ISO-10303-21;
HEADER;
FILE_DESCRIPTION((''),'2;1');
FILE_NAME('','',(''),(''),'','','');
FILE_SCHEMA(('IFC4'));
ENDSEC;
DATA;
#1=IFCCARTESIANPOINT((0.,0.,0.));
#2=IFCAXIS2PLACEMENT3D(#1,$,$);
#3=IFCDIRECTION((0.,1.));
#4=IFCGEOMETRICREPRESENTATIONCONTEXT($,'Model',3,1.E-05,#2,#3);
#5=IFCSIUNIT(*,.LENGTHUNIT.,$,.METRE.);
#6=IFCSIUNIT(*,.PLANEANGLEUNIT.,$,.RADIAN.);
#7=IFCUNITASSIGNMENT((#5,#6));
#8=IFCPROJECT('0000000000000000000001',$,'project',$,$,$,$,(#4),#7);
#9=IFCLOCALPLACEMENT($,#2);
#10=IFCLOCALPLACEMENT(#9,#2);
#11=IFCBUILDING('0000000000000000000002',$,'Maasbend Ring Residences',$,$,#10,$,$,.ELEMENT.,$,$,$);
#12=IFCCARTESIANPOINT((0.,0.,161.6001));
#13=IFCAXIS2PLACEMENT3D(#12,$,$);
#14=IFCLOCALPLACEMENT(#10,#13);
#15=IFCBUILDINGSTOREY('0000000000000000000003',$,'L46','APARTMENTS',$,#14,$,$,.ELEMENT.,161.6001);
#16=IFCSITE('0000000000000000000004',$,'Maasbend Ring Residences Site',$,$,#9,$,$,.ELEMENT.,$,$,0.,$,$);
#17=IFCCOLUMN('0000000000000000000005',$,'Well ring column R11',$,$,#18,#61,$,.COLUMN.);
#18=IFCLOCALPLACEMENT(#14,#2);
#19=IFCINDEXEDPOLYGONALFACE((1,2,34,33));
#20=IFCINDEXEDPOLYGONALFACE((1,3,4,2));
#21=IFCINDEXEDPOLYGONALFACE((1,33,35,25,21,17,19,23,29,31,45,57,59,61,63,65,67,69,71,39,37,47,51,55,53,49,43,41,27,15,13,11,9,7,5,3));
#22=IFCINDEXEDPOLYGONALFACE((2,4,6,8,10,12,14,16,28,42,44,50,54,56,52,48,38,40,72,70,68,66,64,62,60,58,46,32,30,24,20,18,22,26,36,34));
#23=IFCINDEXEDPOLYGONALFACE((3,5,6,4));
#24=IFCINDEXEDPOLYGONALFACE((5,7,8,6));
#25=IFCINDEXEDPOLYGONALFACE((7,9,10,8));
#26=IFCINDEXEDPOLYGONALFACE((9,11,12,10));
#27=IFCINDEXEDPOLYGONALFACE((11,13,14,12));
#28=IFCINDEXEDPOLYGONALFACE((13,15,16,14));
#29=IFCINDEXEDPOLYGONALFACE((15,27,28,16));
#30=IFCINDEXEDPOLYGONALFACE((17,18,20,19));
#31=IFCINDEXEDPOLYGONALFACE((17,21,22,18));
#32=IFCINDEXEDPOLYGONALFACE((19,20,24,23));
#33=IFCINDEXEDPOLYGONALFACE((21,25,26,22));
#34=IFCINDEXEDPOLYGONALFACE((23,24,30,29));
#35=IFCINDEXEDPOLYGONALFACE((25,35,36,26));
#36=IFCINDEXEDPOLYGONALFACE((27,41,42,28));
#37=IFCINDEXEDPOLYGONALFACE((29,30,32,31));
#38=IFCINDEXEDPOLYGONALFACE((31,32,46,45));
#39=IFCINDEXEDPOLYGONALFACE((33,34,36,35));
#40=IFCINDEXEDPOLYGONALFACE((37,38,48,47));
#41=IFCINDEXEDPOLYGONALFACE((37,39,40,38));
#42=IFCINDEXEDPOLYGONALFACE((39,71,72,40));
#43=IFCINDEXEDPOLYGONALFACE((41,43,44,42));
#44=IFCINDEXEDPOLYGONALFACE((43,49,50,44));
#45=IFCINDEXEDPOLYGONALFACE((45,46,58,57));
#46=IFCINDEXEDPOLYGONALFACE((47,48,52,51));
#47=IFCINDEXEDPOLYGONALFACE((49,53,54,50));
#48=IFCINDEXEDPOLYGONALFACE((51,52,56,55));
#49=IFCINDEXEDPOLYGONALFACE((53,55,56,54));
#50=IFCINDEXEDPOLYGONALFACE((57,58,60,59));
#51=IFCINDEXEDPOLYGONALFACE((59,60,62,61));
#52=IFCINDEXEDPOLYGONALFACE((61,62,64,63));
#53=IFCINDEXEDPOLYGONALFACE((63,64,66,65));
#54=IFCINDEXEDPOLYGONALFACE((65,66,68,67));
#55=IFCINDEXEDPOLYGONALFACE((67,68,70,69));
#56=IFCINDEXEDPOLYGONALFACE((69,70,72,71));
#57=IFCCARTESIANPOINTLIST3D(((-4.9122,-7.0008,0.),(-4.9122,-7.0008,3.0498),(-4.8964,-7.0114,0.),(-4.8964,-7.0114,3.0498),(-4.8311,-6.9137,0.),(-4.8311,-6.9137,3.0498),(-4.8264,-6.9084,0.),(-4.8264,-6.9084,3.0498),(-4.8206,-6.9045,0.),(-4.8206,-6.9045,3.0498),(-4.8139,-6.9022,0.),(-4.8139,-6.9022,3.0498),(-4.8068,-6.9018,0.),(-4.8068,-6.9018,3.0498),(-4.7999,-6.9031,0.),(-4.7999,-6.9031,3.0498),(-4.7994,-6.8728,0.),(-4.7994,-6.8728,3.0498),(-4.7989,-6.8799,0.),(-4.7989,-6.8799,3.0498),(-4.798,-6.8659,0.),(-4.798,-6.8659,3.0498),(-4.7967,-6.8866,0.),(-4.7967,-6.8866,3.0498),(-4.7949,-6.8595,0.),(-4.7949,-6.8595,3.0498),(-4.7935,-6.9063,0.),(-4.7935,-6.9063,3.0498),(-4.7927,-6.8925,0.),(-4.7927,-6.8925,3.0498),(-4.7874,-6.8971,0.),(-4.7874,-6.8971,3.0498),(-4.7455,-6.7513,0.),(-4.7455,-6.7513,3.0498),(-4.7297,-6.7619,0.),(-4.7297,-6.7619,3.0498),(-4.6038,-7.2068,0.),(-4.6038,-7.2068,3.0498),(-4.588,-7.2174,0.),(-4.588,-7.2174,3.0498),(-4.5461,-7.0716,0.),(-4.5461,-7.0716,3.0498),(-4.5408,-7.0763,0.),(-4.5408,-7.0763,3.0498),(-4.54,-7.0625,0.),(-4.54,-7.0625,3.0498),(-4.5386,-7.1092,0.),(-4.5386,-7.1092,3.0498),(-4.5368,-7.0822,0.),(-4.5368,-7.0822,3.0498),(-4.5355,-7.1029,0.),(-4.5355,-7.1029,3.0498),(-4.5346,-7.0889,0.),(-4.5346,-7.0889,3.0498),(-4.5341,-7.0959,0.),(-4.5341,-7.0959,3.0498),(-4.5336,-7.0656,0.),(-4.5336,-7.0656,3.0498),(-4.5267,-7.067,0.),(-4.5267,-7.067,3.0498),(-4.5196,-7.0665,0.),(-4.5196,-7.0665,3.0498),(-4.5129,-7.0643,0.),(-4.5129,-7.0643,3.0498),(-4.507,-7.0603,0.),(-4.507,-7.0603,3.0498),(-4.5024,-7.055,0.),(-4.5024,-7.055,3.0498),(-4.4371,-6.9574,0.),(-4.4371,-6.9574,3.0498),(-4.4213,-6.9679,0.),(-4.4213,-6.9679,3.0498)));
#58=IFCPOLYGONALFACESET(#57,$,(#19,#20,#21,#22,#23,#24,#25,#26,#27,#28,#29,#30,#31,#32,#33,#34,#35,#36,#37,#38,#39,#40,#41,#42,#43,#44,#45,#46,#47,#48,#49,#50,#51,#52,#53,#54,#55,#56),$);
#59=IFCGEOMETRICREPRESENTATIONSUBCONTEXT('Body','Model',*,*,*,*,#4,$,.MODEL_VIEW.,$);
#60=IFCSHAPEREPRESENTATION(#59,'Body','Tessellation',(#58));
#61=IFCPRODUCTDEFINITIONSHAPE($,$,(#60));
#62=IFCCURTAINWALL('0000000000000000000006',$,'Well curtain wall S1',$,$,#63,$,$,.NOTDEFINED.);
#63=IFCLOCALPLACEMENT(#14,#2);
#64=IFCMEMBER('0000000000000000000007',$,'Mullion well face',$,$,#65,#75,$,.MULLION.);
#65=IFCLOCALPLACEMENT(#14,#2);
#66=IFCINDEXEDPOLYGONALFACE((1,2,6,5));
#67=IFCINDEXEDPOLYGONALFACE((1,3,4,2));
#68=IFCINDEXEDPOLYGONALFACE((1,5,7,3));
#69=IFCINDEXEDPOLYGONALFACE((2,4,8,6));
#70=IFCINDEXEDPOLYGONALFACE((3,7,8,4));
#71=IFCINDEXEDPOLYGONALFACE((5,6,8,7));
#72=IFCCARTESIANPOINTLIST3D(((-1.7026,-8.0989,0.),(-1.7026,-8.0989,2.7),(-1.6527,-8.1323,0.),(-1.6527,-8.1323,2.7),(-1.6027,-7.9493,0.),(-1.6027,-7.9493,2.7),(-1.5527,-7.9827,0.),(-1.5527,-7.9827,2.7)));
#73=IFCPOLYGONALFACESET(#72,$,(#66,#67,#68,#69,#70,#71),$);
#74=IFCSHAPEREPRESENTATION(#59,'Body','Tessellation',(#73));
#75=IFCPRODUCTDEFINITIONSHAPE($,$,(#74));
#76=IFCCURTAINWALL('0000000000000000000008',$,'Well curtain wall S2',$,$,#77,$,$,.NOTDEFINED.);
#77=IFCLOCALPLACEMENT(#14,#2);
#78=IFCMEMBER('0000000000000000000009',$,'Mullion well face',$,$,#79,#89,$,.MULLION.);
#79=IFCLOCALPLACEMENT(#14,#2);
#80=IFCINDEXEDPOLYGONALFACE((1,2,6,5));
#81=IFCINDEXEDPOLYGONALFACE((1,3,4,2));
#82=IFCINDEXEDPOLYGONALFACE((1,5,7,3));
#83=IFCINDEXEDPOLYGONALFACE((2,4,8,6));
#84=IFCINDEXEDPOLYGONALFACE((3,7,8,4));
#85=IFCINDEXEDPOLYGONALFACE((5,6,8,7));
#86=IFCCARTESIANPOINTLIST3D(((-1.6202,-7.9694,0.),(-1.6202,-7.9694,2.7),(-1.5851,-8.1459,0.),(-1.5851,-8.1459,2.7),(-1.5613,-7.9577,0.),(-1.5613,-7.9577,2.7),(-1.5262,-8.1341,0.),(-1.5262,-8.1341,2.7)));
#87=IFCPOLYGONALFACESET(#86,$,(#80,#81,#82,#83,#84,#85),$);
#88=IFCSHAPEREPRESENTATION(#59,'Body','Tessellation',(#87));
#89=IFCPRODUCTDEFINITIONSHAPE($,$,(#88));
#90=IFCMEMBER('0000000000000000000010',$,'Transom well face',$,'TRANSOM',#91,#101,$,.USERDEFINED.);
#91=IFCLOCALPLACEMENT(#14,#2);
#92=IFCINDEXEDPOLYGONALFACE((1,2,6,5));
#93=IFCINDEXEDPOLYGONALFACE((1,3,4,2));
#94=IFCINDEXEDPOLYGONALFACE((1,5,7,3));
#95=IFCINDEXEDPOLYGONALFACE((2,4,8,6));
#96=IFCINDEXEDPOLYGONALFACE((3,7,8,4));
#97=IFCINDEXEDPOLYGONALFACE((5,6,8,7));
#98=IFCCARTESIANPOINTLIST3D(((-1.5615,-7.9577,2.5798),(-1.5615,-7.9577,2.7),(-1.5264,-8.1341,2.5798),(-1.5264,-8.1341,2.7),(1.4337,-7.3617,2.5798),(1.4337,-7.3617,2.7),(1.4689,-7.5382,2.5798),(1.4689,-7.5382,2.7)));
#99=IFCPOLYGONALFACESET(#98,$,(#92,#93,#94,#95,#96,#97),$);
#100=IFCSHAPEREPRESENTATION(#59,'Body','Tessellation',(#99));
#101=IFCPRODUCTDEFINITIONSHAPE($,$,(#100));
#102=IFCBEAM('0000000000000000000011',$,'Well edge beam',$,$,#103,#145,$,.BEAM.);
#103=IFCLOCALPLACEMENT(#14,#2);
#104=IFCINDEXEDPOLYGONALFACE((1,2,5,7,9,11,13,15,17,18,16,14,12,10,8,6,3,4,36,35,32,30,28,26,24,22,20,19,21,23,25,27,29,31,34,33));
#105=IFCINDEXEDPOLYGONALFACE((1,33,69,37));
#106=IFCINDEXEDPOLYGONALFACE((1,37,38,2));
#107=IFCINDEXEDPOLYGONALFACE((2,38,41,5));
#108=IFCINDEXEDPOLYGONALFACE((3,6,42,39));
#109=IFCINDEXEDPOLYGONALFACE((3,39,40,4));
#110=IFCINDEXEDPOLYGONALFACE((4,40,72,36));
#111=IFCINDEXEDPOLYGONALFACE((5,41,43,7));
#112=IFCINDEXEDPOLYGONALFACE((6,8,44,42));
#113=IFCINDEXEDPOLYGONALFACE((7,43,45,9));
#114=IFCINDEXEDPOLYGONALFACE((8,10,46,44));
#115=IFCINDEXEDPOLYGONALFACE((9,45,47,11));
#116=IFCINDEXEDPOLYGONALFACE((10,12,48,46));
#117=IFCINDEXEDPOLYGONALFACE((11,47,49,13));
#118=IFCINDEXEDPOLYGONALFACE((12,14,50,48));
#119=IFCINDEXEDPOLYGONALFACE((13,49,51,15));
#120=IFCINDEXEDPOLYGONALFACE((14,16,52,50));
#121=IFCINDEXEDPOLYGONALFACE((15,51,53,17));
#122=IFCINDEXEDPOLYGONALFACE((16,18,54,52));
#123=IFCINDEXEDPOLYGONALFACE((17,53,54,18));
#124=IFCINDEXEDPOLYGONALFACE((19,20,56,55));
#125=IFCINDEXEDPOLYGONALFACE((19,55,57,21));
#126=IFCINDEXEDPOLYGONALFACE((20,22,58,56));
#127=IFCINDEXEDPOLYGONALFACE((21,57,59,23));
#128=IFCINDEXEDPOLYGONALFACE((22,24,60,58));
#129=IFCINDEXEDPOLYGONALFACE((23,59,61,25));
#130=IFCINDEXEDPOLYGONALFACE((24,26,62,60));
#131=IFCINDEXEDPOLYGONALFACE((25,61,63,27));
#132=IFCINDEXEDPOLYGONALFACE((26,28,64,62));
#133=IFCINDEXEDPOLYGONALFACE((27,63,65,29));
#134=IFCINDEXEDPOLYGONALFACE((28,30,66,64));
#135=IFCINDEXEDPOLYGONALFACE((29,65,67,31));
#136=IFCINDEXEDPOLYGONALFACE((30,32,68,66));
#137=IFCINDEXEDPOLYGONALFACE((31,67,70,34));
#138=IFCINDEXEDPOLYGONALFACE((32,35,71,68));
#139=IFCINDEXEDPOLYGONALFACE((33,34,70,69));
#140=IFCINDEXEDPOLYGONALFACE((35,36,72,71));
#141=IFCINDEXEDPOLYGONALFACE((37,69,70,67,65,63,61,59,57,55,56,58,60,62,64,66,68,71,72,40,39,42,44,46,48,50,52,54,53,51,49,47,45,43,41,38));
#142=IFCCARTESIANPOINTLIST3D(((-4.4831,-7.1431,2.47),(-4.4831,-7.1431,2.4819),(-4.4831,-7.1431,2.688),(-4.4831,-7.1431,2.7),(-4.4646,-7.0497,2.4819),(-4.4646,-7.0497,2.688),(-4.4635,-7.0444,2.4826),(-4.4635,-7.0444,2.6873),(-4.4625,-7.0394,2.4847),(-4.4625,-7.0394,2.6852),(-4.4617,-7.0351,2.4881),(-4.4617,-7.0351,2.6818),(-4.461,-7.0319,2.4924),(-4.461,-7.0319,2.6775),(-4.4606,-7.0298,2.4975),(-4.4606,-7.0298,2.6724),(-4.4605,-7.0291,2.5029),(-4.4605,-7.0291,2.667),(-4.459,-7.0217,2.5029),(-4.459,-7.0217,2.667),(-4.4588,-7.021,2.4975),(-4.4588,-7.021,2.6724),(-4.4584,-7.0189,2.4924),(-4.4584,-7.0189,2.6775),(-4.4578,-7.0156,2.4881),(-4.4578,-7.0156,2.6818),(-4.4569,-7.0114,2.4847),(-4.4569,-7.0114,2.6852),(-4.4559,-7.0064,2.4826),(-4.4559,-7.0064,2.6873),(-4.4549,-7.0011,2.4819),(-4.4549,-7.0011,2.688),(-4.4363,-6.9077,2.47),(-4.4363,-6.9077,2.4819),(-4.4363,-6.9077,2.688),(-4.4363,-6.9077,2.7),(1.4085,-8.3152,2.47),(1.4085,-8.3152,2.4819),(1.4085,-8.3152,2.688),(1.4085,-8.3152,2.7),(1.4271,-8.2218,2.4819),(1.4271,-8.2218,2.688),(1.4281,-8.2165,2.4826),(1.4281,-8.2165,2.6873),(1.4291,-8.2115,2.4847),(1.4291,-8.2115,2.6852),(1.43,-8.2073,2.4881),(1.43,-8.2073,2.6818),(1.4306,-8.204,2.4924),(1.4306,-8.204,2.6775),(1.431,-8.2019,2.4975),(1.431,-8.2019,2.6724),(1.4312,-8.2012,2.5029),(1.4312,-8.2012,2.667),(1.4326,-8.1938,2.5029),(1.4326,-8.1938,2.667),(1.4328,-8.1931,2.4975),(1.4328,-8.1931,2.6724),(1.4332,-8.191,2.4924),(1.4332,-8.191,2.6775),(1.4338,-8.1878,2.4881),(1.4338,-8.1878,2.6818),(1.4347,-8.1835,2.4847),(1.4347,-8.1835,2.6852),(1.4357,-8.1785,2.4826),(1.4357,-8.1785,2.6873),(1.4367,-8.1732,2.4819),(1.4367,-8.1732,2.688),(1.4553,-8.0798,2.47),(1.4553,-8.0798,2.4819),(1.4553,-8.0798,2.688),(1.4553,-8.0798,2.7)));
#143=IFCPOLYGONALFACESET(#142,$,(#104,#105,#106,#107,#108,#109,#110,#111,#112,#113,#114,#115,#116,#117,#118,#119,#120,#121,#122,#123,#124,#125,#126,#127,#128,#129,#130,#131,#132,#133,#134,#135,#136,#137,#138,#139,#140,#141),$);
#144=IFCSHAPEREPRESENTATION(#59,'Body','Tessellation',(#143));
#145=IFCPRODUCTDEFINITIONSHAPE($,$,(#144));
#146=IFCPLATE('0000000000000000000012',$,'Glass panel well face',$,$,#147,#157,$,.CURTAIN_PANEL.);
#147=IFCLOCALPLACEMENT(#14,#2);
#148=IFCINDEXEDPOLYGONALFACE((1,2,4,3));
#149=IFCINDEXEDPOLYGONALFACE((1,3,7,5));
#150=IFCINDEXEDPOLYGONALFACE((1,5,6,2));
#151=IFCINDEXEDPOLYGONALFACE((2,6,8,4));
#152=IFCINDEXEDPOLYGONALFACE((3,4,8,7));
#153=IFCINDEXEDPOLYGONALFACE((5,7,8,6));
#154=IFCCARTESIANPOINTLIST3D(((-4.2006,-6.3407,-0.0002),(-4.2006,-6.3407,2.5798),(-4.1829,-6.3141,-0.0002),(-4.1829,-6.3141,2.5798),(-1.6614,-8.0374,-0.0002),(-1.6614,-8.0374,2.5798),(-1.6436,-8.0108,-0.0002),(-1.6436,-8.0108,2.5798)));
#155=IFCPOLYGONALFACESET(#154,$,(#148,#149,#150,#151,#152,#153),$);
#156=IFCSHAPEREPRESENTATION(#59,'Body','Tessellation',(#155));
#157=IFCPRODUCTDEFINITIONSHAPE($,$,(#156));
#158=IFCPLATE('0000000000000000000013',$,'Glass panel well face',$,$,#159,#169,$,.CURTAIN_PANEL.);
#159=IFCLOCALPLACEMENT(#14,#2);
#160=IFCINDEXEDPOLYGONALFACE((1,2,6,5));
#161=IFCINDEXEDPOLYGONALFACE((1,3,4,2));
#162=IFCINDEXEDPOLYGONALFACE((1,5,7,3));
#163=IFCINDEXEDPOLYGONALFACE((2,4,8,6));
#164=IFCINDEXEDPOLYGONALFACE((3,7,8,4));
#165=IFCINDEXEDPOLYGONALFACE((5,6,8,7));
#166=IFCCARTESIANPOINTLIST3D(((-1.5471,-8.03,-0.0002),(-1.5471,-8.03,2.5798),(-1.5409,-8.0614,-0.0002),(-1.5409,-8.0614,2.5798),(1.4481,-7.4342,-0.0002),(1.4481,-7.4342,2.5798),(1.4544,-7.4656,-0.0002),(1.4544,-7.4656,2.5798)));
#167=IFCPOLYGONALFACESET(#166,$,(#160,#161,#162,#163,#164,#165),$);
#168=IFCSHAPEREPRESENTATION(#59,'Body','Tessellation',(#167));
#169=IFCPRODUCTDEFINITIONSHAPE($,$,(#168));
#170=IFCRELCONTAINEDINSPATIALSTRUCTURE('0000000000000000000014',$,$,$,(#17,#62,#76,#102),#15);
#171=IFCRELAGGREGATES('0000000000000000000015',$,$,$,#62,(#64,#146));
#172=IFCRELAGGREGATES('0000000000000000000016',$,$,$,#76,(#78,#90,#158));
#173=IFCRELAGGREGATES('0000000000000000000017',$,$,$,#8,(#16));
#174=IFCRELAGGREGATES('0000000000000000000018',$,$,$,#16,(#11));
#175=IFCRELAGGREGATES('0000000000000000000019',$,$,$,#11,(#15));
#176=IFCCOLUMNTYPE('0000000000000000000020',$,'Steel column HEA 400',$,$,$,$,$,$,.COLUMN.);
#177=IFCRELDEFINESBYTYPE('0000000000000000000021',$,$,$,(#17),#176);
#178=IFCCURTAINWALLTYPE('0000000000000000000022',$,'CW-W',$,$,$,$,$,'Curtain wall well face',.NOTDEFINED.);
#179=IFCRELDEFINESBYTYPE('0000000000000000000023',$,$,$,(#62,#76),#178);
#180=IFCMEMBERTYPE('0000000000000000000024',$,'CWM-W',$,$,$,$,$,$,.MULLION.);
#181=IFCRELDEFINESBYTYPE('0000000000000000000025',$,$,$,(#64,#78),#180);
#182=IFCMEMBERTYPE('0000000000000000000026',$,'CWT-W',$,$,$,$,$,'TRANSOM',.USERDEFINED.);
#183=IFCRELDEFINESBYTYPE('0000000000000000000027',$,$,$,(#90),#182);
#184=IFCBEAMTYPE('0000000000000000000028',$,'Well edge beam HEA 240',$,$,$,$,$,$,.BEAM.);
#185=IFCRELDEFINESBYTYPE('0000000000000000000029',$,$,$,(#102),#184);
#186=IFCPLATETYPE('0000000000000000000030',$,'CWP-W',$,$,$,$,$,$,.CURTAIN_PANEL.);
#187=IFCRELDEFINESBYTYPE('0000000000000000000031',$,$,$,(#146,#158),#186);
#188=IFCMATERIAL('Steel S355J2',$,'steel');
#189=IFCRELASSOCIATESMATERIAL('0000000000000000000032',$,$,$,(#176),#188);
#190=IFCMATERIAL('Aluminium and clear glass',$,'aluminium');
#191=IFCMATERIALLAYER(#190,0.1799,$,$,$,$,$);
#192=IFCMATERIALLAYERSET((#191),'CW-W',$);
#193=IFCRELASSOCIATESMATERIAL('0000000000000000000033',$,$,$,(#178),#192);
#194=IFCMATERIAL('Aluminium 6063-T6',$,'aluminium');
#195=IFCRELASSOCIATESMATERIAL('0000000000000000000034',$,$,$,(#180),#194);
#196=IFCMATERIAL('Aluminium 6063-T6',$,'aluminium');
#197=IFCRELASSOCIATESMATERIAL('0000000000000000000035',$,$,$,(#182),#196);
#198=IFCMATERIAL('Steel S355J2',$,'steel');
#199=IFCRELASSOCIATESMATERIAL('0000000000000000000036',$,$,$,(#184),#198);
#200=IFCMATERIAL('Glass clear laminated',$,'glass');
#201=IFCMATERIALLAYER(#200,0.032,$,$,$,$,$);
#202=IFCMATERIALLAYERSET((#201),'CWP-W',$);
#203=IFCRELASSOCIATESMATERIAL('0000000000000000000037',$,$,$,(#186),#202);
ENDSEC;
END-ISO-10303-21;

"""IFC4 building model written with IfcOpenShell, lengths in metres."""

from ifc_helpers import new_model, si_unit, direction, frame, origin, origin_2d, place, context, subcontext, project, spatial, rectangle, i_section, extrude, material, layer, layer_set, material_profile, profile_set, type_object, element, aggregate, save


model = new_model("IFC4")

# Units and contexts
model_context = context("Model", 3, precision=1e-05, world=origin(), true_north=direction((0.0, 1.0)))
body_context = subcontext(model_context, "Body", "Model", "MODEL_VIEW")
ifc_project = project(units=[si_unit("LENGTHUNIT", "METRE"), si_unit("PLANEANGLEUNIT", "RADIAN")], contexts=[model_context])

# Site, building, storey
site_placement = place(None, origin())
site = spatial("IfcSite", under=ifc_project, at=site_placement, Name="Maasbend Ring Residences Site", CompositionType="ELEMENT", RefElevation=0.0)
building_placement = place(site_placement, origin())
building = spatial("IfcBuilding", under=site, at=building_placement, Name="Maasbend Ring Residences", CompositionType="ELEMENT")
storey_placement = place(building_placement, frame((0.0, 0.0, 161.6001)))
storey = spatial("IfcBuildingStorey", under=building, at=storey_placement, Name="L46", Description="APARTMENTS", CompositionType="ELEMENT", Elevation=161.6001)

# Column
ifc_material_1 = material(Name="Steel S355J2", Category="steel")
ifc_material_profile_1 = material_profile(ifc_material_1, i_section(OverallWidth=0.3, OverallDepth=0.3899, WebThickness=0.011, FlangeThickness=0.019, FilletRadius=0.0271, at=origin_2d()), Name="HEA 400")
ifc_profile_set_1 = profile_set([ifc_material_profile_1], Name="Steel S355J2")
column_type = type_object("IfcColumnType", Name="Steel column HEA 400", PredefinedType="COLUMN", material=ifc_profile_set_1)
column_placement = place(storey_placement, frame((-4.6667, -6.9844, 0.0), z_axis=(0.0, 0.0, 1.0), x_axis=(-0.55557, -0.83147, 0.0)))
element("IfcColumn", 1, at=column_placement, inside=storey, type_object=column_type, Name="Well ring column R11", PredefinedType="COLUMN", context=body_context, shape_type="SweptSolid", body=[
    extrude(i_section(OverallWidth=0.3, OverallDepth=0.3899, WebThickness=0.011, FlangeThickness=0.019, FilletRadius=0.0271, at=origin_2d()), origin(), (0.0, 0.0, 1.0), 3.0498),
])

# Curtain wall, member
ifc_material_2 = material(Name="Aluminium and clear glass", Category="aluminium")
ifc_layer_1 = layer(ifc_material_2, 0.1799)
ifc_layer_set_1 = layer_set([ifc_layer_1], Name="CW-W")
curtain_wall_type = type_object("IfcCurtainWallType", Name="CW-W", ElementType="Curtain wall well face", PredefinedType="NOTDEFINED", material=ifc_layer_set_1)
curtain_wall_1_placement = place(storey_placement, origin())
curtain_wall_1 = element("IfcCurtainWall", 2, at=curtain_wall_1_placement, inside=storey, type_object=curtain_wall_type, Name="Well curtain wall S1", PredefinedType="NOTDEFINED")
ifc_material_3 = material(Name="Aluminium 6063-T6", Category="aluminium")
ifc_material_profile_2 = material_profile(ifc_material_3, rectangle(XDim=0.1799, YDim=0.0601, at=origin_2d()), Name="AL 180x60")
ifc_profile_set_2 = profile_set([ifc_material_profile_2], Name="Aluminium 6063-T6")
member_type_1 = type_object("IfcMemberType", Name="CWM-W", PredefinedType="MULLION", material=ifc_profile_set_2)
member_1_placement = place(storey_placement, frame((-1.6277, -8.0408, 0.0), z_axis=(0.0, 0.0, 1.0), x_axis=(0.55557, 0.83147, 0.0)))
member_1 = element("IfcMember", 3, at=member_1_placement, type_object=member_type_1, Name="Mullion well face", PredefinedType="MULLION", context=body_context, shape_type="SweptSolid", body=[
    extrude(rectangle(XDim=0.1799, YDim=0.0601, at=origin_2d()), origin(), (0.0, 0.0, 1.0), 2.7),
])

# Curtain wall, members
curtain_wall_2_placement = place(storey_placement, origin())
curtain_wall_2 = element("IfcCurtainWall", 4, at=curtain_wall_2_placement, inside=storey, type_object=curtain_wall_type, Name="Well curtain wall S2", PredefinedType="NOTDEFINED")
member_2_placement = place(storey_placement, frame((-1.5732, -8.0518, 0.0), z_axis=(0.0, 0.0, 1.0), x_axis=(-0.19509, 0.980785, 0.0)))
member_2 = element("IfcMember", 5, at=member_2_placement, type_object=member_type_1, Name="Mullion well face", PredefinedType="MULLION", context=body_context, shape_type="SweptSolid", body=[
    extrude(rectangle(XDim=0.1799, YDim=0.0601, at=origin_2d()), origin(), (0.0, 0.0, 1.0), 2.7),
])
ifc_material_4 = material(Name="Aluminium 6063-T6", Category="aluminium")
ifc_material_profile_3 = material_profile(ifc_material_4, rectangle(XDim=0.1799, YDim=0.1201, at=origin_2d()), Name="AL 180x120")
ifc_profile_set_3 = profile_set([ifc_material_profile_3], Name="Aluminium 6063-T6")
member_type_2 = type_object("IfcMemberType", Name="CWT-W", ElementType="TRANSOM", PredefinedType="USERDEFINED", material=ifc_profile_set_3)
member_3_placement = place(storey_placement, frame((-1.5439, -8.0459, 2.6399), z_axis=(0.980777, 0.195132, 0.0), x_axis=(-0.195132, 0.980777, 0.0)))
member_3 = element("IfcMember", 6, at=member_3_placement, type_object=member_type_2, Name="Transom well face", ObjectType="TRANSOM", PredefinedType="USERDEFINED", context=body_context, shape_type="SweptSolid", body=[
    extrude(rectangle(XDim=0.1799, YDim=0.1201, at=origin_2d()), origin(), (0.0, 0.0, 1.0), 3.054),
])

# Beam
ifc_material_5 = material(Name="Steel S355J2", Category="steel")
ifc_material_profile_4 = material_profile(ifc_material_5, i_section(OverallWidth=0.24, OverallDepth=0.23, WebThickness=0.0076, FlangeThickness=0.012, FilletRadius=0.021, at=origin_2d()), Name="HEA 240")
ifc_profile_set_4 = profile_set([ifc_material_profile_4], Name="Steel S355J2")
beam_type = type_object("IfcBeamType", Name="Well edge beam HEA 240", PredefinedType="BEAM", material=ifc_profile_set_4)
beam_placement = place(storey_placement, frame((-4.4597, -7.0254, 2.585), z_axis=(0.980779, -0.195123, 0.0), x_axis=(0.195123, 0.980779, 0.0)))
element("IfcBeam", 7, at=beam_placement, inside=storey, type_object=beam_type, Name="Well edge beam", PredefinedType="BEAM", context=body_context, shape_type="SweptSolid", body=[
    extrude(i_section(OverallWidth=0.24, OverallDepth=0.23, WebThickness=0.0076, FlangeThickness=0.012, FilletRadius=0.021, at=origin_2d()), origin(), (0.0, 0.0, 1.0), 6.0071),
])

# Plates
ifc_material_6 = material(Name="Glass clear laminated", Category="glass")
ifc_layer_2 = layer(ifc_material_6, 0.032)
ifc_layer_set_2 = layer_set([ifc_layer_2], Name="CWP-W")
plate_type = type_object("IfcPlateType", Name="CWP-W", PredefinedType="CURTAIN_PANEL", material=ifc_layer_set_2)
plate_1_placement = place(storey_placement, frame((-2.9221, -7.1758, -0.0002), z_axis=(0.0, 0.0, 1.0), x_axis=(0.83147, -0.55557, 0.0)))
plate_1 = element("IfcPlate", 8, at=plate_1_placement, type_object=plate_type, Name="Glass panel well face", PredefinedType="CURTAIN_PANEL", context=body_context, shape_type="SweptSolid", body=[
    extrude(rectangle(XDim=3.054, YDim=0.032, at=origin_2d()), origin(), (0.0, 0.0, 1.0), 2.5801),
])
aggregate(curtain_wall_1, [member_1, plate_1])
plate_2_placement = place(storey_placement, frame((-0.0464, -7.7478, -0.0002), z_axis=(0.0, 0.0, 1.0), x_axis=(0.980785, 0.19509, 0.0)))
plate_2 = element("IfcPlate", 9, at=plate_2_placement, type_object=plate_type, Name="Glass panel well face", PredefinedType="CURTAIN_PANEL", context=body_context, shape_type="SweptSolid", body=[
    extrude(rectangle(XDim=3.054, YDim=0.032, at=origin_2d()), origin(), (0.0, 0.0, 1.0), 2.5801),
])
aggregate(curtain_wall_2, [member_2, member_3, plate_2])

save(model, "model.ifc")
